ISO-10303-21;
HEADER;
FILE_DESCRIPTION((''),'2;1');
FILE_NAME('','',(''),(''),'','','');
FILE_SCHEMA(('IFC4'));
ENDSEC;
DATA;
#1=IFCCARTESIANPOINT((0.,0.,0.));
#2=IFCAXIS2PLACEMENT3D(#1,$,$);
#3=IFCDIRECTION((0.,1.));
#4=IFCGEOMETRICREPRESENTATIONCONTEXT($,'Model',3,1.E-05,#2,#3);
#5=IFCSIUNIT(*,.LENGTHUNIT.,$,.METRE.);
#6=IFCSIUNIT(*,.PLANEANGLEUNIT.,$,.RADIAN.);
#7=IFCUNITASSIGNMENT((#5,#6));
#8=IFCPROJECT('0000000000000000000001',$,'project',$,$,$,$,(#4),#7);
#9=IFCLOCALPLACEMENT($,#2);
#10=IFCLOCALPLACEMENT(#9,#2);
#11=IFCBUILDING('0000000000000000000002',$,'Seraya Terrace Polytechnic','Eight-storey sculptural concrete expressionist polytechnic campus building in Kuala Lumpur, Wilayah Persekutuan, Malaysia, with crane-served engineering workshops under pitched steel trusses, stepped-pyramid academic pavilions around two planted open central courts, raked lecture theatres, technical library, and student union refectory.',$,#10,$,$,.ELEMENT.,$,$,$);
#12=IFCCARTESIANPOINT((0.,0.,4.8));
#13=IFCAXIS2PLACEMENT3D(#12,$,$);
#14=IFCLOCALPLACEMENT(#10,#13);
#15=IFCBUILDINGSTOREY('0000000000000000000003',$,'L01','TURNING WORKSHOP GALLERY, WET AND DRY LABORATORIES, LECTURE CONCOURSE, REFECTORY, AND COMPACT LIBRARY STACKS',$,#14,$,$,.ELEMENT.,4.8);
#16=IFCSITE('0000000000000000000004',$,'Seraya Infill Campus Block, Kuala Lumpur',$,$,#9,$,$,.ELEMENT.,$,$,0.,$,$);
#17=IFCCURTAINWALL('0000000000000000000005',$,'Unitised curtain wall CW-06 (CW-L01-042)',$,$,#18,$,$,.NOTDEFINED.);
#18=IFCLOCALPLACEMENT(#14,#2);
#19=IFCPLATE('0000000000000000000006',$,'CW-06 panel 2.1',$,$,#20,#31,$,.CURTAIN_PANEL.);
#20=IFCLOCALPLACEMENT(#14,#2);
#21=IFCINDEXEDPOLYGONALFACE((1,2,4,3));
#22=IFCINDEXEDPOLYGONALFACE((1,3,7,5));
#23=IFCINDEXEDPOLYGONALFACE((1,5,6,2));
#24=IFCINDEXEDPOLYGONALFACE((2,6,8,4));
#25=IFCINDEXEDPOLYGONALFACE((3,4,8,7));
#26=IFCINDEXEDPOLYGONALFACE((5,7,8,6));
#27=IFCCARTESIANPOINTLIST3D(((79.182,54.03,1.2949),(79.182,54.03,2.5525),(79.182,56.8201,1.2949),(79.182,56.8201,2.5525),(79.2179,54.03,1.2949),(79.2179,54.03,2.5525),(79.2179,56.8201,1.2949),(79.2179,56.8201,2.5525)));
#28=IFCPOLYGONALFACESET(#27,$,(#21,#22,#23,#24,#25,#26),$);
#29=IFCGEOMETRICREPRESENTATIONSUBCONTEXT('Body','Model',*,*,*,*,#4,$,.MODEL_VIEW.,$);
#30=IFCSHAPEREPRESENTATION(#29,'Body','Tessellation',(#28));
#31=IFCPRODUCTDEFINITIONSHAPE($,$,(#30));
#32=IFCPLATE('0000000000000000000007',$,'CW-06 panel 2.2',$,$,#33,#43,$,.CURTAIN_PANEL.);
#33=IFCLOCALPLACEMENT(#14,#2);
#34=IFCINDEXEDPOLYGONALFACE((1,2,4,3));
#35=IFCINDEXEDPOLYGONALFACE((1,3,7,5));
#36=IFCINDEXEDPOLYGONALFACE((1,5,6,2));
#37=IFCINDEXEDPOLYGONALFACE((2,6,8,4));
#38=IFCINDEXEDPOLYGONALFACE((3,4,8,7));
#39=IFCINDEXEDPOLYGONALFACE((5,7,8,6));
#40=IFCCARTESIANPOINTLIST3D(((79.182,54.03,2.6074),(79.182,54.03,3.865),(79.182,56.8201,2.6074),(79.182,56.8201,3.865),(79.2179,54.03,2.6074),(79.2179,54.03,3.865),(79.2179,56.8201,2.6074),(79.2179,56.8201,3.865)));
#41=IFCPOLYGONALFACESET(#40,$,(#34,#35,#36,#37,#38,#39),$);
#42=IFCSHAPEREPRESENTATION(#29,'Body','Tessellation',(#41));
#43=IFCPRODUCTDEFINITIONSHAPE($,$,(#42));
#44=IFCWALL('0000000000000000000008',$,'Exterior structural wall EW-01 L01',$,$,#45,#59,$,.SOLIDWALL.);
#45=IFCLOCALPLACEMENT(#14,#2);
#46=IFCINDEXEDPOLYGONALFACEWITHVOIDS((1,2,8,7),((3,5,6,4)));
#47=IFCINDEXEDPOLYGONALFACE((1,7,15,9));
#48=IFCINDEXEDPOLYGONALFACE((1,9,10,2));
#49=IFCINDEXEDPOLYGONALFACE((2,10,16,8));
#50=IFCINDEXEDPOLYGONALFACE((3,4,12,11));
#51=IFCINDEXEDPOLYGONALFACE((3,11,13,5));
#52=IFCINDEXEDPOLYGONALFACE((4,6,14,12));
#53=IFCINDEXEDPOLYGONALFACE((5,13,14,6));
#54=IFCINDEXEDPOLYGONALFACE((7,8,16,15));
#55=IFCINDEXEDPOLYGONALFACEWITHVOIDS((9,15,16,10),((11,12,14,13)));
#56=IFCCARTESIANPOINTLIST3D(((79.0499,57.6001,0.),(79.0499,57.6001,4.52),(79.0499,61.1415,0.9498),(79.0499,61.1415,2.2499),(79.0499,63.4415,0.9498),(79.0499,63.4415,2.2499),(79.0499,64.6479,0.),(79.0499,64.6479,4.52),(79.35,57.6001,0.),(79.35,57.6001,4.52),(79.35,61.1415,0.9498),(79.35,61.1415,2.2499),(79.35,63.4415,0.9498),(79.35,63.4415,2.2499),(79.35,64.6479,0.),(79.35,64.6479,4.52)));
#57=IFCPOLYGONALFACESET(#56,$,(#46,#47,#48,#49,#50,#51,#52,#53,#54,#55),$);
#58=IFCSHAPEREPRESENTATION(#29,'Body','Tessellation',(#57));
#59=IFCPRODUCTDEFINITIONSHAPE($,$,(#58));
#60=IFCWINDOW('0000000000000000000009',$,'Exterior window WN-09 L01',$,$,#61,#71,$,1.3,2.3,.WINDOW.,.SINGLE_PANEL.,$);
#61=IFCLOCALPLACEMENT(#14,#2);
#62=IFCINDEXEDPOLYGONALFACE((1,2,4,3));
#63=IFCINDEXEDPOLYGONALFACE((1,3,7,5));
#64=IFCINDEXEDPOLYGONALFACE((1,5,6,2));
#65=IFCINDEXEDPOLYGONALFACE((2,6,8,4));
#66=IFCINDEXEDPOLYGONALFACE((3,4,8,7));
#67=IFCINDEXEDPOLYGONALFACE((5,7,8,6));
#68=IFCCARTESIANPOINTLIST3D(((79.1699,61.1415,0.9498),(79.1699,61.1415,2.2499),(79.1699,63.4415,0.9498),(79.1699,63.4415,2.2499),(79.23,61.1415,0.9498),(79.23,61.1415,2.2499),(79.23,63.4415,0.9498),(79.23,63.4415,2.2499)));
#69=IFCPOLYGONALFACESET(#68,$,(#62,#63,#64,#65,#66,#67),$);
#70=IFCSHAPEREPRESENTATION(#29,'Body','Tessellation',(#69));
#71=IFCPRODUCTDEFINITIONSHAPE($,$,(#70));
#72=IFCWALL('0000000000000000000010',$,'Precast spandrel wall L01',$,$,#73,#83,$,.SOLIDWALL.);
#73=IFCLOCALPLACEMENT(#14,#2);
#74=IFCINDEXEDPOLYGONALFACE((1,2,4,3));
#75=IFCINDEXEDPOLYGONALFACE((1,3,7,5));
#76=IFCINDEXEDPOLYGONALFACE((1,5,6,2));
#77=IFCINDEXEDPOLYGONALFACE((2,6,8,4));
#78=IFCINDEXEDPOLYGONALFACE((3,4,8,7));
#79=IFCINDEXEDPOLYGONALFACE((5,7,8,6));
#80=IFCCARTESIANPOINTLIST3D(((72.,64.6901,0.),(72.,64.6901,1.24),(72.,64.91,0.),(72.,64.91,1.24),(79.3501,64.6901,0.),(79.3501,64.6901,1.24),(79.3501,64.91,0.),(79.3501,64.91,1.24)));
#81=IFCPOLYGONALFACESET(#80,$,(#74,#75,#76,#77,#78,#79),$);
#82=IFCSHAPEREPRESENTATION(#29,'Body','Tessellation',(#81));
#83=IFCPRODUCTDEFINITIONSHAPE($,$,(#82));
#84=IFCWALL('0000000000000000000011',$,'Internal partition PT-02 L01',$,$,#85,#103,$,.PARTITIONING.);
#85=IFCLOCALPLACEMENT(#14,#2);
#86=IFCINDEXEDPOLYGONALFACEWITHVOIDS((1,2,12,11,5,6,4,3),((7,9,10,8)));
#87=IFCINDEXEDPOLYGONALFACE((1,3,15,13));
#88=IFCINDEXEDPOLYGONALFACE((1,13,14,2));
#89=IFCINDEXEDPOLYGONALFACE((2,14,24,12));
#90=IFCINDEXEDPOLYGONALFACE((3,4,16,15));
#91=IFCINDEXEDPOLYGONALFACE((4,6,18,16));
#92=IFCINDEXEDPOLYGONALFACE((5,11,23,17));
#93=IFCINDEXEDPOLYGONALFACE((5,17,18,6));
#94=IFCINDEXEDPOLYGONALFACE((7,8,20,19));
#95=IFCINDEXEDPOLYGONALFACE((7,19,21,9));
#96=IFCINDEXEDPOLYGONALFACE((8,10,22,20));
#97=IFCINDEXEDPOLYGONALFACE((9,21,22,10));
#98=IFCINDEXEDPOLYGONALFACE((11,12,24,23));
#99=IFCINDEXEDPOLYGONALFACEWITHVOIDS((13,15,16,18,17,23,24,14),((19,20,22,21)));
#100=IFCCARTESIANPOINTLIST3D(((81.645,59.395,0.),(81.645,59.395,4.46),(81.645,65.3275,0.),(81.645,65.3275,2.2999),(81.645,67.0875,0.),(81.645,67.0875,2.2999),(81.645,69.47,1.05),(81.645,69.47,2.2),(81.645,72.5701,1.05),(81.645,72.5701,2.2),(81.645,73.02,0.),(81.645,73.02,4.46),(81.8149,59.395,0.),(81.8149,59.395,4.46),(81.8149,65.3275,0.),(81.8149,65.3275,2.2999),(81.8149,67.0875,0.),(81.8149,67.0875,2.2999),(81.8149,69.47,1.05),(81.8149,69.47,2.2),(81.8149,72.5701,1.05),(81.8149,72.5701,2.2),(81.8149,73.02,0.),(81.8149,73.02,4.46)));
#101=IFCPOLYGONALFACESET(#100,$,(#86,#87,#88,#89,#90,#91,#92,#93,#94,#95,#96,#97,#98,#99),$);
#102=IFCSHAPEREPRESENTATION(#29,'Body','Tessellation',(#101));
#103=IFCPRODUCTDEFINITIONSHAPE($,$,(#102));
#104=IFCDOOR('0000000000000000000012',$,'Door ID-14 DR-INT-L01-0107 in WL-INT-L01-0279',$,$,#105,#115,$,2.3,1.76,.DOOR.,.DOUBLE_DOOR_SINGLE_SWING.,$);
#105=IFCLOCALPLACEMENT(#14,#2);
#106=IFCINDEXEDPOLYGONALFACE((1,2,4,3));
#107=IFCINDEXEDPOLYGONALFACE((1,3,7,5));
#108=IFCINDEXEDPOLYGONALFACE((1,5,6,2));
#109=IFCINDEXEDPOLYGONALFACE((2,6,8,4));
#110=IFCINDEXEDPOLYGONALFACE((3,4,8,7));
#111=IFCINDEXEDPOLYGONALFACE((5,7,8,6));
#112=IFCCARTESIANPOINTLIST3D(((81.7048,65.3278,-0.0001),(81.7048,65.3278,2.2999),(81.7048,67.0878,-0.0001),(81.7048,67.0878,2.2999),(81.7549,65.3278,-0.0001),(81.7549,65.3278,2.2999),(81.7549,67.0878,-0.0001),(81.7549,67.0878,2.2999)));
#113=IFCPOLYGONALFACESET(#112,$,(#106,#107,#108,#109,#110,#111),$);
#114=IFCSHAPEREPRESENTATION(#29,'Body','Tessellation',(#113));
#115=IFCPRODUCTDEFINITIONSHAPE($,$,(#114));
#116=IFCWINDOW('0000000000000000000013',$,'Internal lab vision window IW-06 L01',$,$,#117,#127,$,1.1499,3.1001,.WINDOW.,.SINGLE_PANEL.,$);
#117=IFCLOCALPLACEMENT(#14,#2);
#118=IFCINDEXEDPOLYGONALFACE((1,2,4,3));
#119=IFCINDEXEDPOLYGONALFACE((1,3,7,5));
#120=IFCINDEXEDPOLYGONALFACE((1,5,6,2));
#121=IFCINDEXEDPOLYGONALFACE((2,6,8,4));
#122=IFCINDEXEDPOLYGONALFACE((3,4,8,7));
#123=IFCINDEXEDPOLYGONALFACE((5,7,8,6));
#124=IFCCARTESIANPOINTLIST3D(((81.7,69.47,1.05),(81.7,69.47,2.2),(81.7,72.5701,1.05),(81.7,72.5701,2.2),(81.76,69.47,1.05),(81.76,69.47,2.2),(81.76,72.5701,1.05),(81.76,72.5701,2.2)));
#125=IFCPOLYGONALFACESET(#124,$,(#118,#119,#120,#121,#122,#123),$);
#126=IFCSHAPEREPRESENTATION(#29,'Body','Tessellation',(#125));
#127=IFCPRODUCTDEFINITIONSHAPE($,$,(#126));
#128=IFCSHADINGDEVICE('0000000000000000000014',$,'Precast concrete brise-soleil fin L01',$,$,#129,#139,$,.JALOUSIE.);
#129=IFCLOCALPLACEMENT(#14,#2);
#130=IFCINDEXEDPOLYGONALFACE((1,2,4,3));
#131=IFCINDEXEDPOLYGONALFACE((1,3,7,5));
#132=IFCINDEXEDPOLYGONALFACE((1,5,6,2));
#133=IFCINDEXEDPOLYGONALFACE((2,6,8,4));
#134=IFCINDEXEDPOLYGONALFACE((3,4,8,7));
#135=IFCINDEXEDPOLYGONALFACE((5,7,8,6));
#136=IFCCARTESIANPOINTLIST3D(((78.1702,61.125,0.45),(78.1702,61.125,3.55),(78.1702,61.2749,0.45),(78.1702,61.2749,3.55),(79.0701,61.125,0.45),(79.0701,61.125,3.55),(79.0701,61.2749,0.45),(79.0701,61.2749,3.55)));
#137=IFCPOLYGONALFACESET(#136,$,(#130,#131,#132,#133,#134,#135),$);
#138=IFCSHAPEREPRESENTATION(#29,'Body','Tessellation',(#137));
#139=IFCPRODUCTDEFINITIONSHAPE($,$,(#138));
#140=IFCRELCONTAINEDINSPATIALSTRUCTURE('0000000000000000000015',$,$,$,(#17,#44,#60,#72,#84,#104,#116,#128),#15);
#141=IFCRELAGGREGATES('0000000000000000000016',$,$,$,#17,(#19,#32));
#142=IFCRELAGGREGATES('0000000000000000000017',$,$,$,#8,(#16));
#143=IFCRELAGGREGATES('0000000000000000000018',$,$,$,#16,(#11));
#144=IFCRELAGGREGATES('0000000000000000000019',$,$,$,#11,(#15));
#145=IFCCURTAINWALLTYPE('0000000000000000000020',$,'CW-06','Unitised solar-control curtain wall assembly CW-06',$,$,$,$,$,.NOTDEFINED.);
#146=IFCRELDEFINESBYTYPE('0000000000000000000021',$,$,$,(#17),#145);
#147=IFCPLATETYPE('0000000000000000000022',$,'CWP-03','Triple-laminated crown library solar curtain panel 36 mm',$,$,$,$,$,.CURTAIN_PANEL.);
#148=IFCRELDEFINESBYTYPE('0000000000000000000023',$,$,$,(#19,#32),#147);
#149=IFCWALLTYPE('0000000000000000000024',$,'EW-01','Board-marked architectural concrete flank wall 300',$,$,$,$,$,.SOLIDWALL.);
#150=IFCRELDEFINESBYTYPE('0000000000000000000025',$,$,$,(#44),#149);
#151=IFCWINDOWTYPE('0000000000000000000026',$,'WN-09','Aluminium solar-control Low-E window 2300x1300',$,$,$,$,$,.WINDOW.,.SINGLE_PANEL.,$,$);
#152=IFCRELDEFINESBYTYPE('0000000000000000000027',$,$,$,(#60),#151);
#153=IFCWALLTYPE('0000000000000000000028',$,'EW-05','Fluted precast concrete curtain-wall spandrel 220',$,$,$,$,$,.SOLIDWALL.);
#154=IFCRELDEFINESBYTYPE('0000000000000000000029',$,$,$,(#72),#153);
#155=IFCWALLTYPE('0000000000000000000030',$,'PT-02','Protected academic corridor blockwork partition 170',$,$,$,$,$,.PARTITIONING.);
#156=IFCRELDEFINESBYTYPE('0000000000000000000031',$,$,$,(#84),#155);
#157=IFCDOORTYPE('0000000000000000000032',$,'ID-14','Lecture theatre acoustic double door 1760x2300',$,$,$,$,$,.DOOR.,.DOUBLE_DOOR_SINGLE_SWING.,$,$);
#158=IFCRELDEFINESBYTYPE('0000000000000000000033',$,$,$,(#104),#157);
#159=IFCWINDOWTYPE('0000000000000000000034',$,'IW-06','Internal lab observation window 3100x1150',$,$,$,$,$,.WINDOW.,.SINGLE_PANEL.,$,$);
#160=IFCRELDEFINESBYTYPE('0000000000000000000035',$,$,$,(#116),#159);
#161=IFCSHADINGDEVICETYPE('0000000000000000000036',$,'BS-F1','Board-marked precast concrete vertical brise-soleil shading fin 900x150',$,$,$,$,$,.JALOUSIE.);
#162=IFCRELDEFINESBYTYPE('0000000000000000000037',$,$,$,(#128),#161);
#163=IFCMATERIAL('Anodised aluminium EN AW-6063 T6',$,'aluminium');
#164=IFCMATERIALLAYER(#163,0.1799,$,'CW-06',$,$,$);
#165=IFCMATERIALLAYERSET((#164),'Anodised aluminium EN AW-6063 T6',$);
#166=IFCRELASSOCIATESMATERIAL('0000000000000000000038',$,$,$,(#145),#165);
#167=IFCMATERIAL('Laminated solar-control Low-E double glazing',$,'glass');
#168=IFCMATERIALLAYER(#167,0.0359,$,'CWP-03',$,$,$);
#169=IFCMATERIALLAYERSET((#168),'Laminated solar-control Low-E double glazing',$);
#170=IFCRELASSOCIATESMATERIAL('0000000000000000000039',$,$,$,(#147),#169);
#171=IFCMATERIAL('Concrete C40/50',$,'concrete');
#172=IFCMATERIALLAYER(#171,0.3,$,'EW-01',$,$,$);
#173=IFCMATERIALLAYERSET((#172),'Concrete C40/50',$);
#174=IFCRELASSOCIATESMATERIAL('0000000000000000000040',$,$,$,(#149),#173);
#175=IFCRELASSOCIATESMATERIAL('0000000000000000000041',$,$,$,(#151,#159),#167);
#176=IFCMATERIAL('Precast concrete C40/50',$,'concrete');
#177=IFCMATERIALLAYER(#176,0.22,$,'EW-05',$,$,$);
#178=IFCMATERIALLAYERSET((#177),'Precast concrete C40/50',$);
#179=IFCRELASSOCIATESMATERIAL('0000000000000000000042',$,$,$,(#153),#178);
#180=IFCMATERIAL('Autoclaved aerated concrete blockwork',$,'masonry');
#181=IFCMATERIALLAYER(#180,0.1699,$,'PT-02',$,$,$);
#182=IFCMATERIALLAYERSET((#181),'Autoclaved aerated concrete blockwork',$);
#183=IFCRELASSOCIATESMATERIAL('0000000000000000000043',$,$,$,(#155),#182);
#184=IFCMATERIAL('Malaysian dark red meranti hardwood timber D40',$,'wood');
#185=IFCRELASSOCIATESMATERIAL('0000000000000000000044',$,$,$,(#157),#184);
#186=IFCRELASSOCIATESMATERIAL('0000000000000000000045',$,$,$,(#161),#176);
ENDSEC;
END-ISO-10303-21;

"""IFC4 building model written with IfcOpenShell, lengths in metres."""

from ifc_helpers import new_model, si_unit, direction, frame, frame_2d, origin, origin_2d, place, context, subcontext, project, spatial, rectangle, extrude, material, layer, layer_set, type_object, element, fill, aggregate, save


model = new_model("IFC4")

# Units and contexts
model_context = context("Model", 3, precision=1e-05, world=origin(), true_north=direction((0.0, 1.0)))
body_context = subcontext(model_context, "Body", "Model", "MODEL_VIEW")
ifc_project = project(units=[si_unit("LENGTHUNIT", "METRE"), si_unit("PLANEANGLEUNIT", "RADIAN")], contexts=[model_context])

# Site, building, storey
site_placement = place(None, origin())
site = spatial("IfcSite", under=ifc_project, at=site_placement, Name="Seraya Infill Campus Block, Kuala Lumpur", CompositionType="ELEMENT", RefElevation=0.0)
building_placement = place(site_placement, origin())
building = spatial("IfcBuilding", under=site, at=building_placement, Name="Seraya Terrace Polytechnic", Description="Eight-storey sculptural concrete expressionist polytechnic campus building in Kuala Lumpur, Wilayah Persekutuan, Malaysia, with crane-served engineering workshops under pitched steel trusses, stepped-pyramid academic pavilions around two planted open central courts, raked lecture theatres, technical library, and student union refectory.", CompositionType="ELEMENT")
storey_placement = place(building_placement, frame((0.0, 0.0, 4.8)))
storey = spatial("IfcBuildingStorey", under=building, at=storey_placement, Name="L01", Description="TURNING WORKSHOP GALLERY, WET AND DRY LABORATORIES, LECTURE CONCOURSE, REFECTORY, AND COMPACT LIBRARY STACKS", CompositionType="ELEMENT", Elevation=4.8)

# Shared definitions
ifc_material_1 = material(Name="Concrete C40/50", Category="concrete")

# Curtain wall
ifc_material_2 = material(Name="Anodised aluminium EN AW-6063 T6", Category="aluminium")
ifc_layer_1 = layer(ifc_material_2, 0.1799, Name="CW-06")
ifc_layer_set_1 = layer_set([ifc_layer_1], Name="Anodised aluminium EN AW-6063 T6")
curtain_wall_type_1 = type_object("IfcCurtainWallType", Name="CW-06", Description="Unitised solar-control curtain wall assembly CW-06", PredefinedType="NOTDEFINED", material=ifc_layer_set_1)
curtain_wall_1_placement = place(storey_placement, origin())
curtain_wall_1 = element("IfcCurtainWall", 1, at=curtain_wall_1_placement, inside=storey, type_object=curtain_wall_type_1, Name="Unitised curtain wall CW-06 (CW-L01-042)", PredefinedType="NOTDEFINED")

# Plates
ifc_material_3 = material(Name="Laminated solar-control Low-E double glazing", Category="glass")
ifc_layer_2 = layer(ifc_material_3, 0.0359, Name="CWP-03")
ifc_layer_set_2 = layer_set([ifc_layer_2], Name="Laminated solar-control Low-E double glazing")
plate_type = type_object("IfcPlateType", Name="CWP-03", Description="Triple-laminated crown library solar curtain panel 36 mm", PredefinedType="CURTAIN_PANEL", material=ifc_layer_set_2)
plate_1_placement = place(storey_placement, frame((79.2, 55.425, 1.2949), z_axis=(0.0, 0.0, 1.0), x_axis=(0.0, 1.0, 0.0)))
plate_1 = element("IfcPlate", 2, at=plate_1_placement, type_object=plate_type, Name="CW-06 panel 2.1", PredefinedType="CURTAIN_PANEL", context=body_context, shape_type="SweptSolid", body=[
    extrude(rectangle(XDim=2.79, YDim=0.0359, at=origin_2d()), origin(), (0.0, 0.0, 1.0), 1.2576),
])
plate_2_placement = place(storey_placement, frame((79.2, 55.425, 2.6074), z_axis=(0.0, 0.0, 1.0), x_axis=(0.0, 1.0, 0.0)))
plate_2 = element("IfcPlate", 3, at=plate_2_placement, type_object=plate_type, Name="CW-06 panel 2.2", PredefinedType="CURTAIN_PANEL", context=body_context, shape_type="SweptSolid", body=[
    extrude(rectangle(XDim=2.79, YDim=0.0359, at=origin_2d()), origin(), (0.0, 0.0, 1.0), 1.2576),
])
aggregate(curtain_wall_1, [plate_1, plate_2])

# Wall, opening, window
ifc_layer_3 = layer(ifc_material_1, 0.3, Name="EW-01")
ifc_layer_set_3 = layer_set([ifc_layer_3], Name="Concrete C40/50")
wall_type_1 = type_object("IfcWallType", Name="EW-01", Description="Board-marked architectural concrete flank wall 300", PredefinedType="SOLIDWALL", material=ifc_layer_set_3)
wall_1_placement = place(storey_placement, frame((79.2, 57.6001, 0.0), z_axis=(0.0, 0.0, 1.0), x_axis=(0.0, 1.0, 0.0)))
wall_1 = element("IfcWall", 4, at=wall_1_placement, inside=storey, type_object=wall_type_1, Name="Exterior structural wall EW-01 L01", PredefinedType="SOLIDWALL", context=body_context, shape_type="SweptSolid", body=[
    extrude(rectangle(XDim=7.0479, YDim=0.3, at=frame_2d((3.5239, 0.0))), origin(), (0.0, 0.0, 1.0), 4.52),
])
opening_1_placement = place(wall_1_placement, frame((3.5415, 0.0, 0.95)))
opening_1 = element("IfcOpeningElement", 5, at=opening_1_placement, cuts=wall_1, PredefinedType="OPENING", context=body_context, shape_type="SweptSolid", body=[
    extrude(rectangle(XDim=2.3, YDim=1.3, at=frame_2d((1.1499, 0.6499))), frame((0.0, 0.1621, 0.0), z_axis=(0.0, -1.0, 0.0), x_axis=(1.0, 0.0, 0.0)), (0.0, 0.0, 1.0), 0.324),
])
window_type_1 = type_object("IfcWindowType", Name="WN-09", Description="Aluminium solar-control Low-E window 2300x1300", PartitioningType="SINGLE_PANEL", PredefinedType="WINDOW", material=ifc_material_3)
window_1_placement = place(opening_1_placement, origin())
window_1 = element("IfcWindow", 6, at=window_1_placement, inside=storey, type_object=window_type_1, Name="Exterior window WN-09 L01", OverallHeight=1.3, OverallWidth=2.3, PartitioningType="SINGLE_PANEL", PredefinedType="WINDOW", context=body_context, shape_type="SweptSolid", body=[
    extrude(rectangle(XDim=2.3, YDim=1.3, at=frame_2d((1.1499, 0.6499))), frame((0.0, 0.03, 0.0), z_axis=(0.0, -1.0, 0.0), x_axis=(1.0, 0.0, 0.0)), (0.0, 0.0, 1.0), 0.0601),
])
fill(opening_1, window_1)

# Wall
ifc_material_4 = material(Name="Precast concrete C40/50", Category="concrete")
ifc_layer_4 = layer(ifc_material_4, 0.22, Name="EW-05")
ifc_layer_set_4 = layer_set([ifc_layer_4], Name="Precast concrete C40/50")
wall_type_2 = type_object("IfcWallType", Name="EW-05", Description="Fluted precast concrete curtain-wall spandrel 220", PredefinedType="SOLIDWALL", material=ifc_layer_set_4)
wall_2_placement = place(storey_placement, frame((79.3501, 64.8, 0.0), z_axis=(0.0, 0.0, 1.0), x_axis=(-1.0, 0.0, 0.0)))
element("IfcWall", 7, at=wall_2_placement, inside=storey, type_object=wall_type_2, Name="Precast spandrel wall L01", PredefinedType="SOLIDWALL", context=body_context, shape_type="SweptSolid", body=[
    extrude(rectangle(XDim=7.3501, YDim=0.22, at=frame_2d((3.675, 0.0))), origin(), (0.0, 0.0, 1.0), 1.24),
])

# Wall, openings, door, window
ifc_material_5 = material(Name="Autoclaved aerated concrete blockwork", Category="masonry")
ifc_layer_5 = layer(ifc_material_5, 0.1699, Name="PT-02")
ifc_layer_set_5 = layer_set([ifc_layer_5], Name="Autoclaved aerated concrete blockwork")
wall_type_3 = type_object("IfcWallType", Name="PT-02", Description="Protected academic corridor blockwork partition 170", PredefinedType="PARTITIONING", material=ifc_layer_set_5)
wall_3_placement = place(storey_placement, frame((81.73, 59.395, 0.0), z_axis=(0.0, 0.0, 1.0), x_axis=(0.0, 1.0, 0.0)))
wall_3 = element("IfcWall", 8, at=wall_3_placement, inside=storey, type_object=wall_type_3, Name="Internal partition PT-02 L01", PredefinedType="PARTITIONING", context=body_context, shape_type="SweptSolid", body=[
    extrude(rectangle(XDim=13.625, YDim=0.1699, at=frame_2d((6.8125, 0.0))), origin(), (0.0, 0.0, 1.0), 4.46),
])
opening_2_placement = place(wall_3_placement, frame((5.9326, 0.0, 0.0)))
opening_2 = element("IfcOpeningElement", 9, at=opening_2_placement, cuts=wall_3, PredefinedType="OPENING", context=body_context, shape_type="SweptSolid", body=[
    extrude(rectangle(XDim=1.76, YDim=2.3, at=frame_2d((0.8799, 1.1499))), frame((0.0, 0.0969, 0.0), z_axis=(0.0, -1.0, 0.0), x_axis=(1.0, 0.0, 0.0)), (0.0, 0.0, 1.0), 0.1938),
])
opening_3_placement = place(wall_3_placement, frame((10.075, 0.0, 1.05)))
opening_3 = element("IfcOpeningElement", 10, at=opening_3_placement, cuts=wall_3, PredefinedType="OPENING", context=body_context, shape_type="SweptSolid", body=[
    extrude(rectangle(XDim=3.1001, YDim=1.1499, at=frame_2d((1.55, 0.575))), frame((0.0, 0.0969, 0.0), z_axis=(0.0, -1.0, 0.0), x_axis=(1.0, 0.0, 0.0)), (0.0, 0.0, 1.0), 0.1938),
])
ifc_material_6 = material(Name="Malaysian dark red meranti hardwood timber D40", Category="wood")
door_type = type_object("IfcDoorType", Name="ID-14", Description="Lecture theatre acoustic double door 1760x2300", OperationType="DOUBLE_DOOR_SINGLE_SWING", PredefinedType="DOOR", material=ifc_material_6)
door_placement = place(opening_2_placement, frame((1.76, 0.0, 0.0), z_axis=(0.0, 0.0, 1.0), x_axis=(-1.0, 0.0, 0.0)))
door = element("IfcDoor", 11, at=door_placement, inside=storey, type_object=door_type, Name="Door ID-14 DR-INT-L01-0107 in WL-INT-L01-0279", OperationType="DOUBLE_DOOR_SINGLE_SWING", OverallHeight=2.3, OverallWidth=1.76, PredefinedType="DOOR", context=body_context, shape_type="SweptSolid", body=[
    extrude(rectangle(XDim=1.76, YDim=2.3, at=frame_2d((0.8799, 1.1499))), frame((0.0, 0.0249, 0.0), z_axis=(0.0, -1.0, 0.0), x_axis=(1.0, 0.0, 0.0)), (0.0, 0.0, 1.0), 0.05),
])
fill(opening_2, door)
window_type_2 = type_object("IfcWindowType", Name="IW-06", Description="Internal lab observation window 3100x1150", PartitioningType="SINGLE_PANEL", PredefinedType="WINDOW", material=ifc_material_3)
window_2_placement = place(opening_3_placement, origin())
window_2 = element("IfcWindow", 12, at=window_2_placement, inside=storey, type_object=window_type_2, Name="Internal lab vision window IW-06 L01", OverallHeight=1.1499, OverallWidth=3.1001, PartitioningType="SINGLE_PANEL", PredefinedType="WINDOW", context=body_context, shape_type="SweptSolid", body=[
    extrude(rectangle(XDim=3.1001, YDim=1.1499, at=frame_2d((1.55, 0.575))), frame((0.0, 0.03, 0.0), z_axis=(0.0, -1.0, 0.0), x_axis=(1.0, 0.0, 0.0)), (0.0, 0.0, 1.0), 0.0601),
])
fill(opening_3, window_2)

# Shading device
shading_device_type = type_object("IfcShadingDeviceType", Name="BS-F1", Description="Board-marked precast concrete vertical brise-soleil shading fin 900x150", PredefinedType="JALOUSIE", material=ifc_material_4)
shading_device_placement = place(storey_placement, frame((78.6201, 61.2, 0.45), z_axis=(0.0, 0.0, 1.0), x_axis=(-1.0, 0.0, 0.0)))
element("IfcShadingDevice", 13, at=shading_device_placement, inside=storey, type_object=shading_device_type, Name="Precast concrete brise-soleil fin L01", PredefinedType="JALOUSIE", context=body_context, shape_type="SweptSolid", body=[
    extrude(rectangle(XDim=0.8999, YDim=0.1499, at=origin_2d()), origin(), (0.0, 0.0, 1.0), 3.1001),
])

save(model, "model.ifc")
